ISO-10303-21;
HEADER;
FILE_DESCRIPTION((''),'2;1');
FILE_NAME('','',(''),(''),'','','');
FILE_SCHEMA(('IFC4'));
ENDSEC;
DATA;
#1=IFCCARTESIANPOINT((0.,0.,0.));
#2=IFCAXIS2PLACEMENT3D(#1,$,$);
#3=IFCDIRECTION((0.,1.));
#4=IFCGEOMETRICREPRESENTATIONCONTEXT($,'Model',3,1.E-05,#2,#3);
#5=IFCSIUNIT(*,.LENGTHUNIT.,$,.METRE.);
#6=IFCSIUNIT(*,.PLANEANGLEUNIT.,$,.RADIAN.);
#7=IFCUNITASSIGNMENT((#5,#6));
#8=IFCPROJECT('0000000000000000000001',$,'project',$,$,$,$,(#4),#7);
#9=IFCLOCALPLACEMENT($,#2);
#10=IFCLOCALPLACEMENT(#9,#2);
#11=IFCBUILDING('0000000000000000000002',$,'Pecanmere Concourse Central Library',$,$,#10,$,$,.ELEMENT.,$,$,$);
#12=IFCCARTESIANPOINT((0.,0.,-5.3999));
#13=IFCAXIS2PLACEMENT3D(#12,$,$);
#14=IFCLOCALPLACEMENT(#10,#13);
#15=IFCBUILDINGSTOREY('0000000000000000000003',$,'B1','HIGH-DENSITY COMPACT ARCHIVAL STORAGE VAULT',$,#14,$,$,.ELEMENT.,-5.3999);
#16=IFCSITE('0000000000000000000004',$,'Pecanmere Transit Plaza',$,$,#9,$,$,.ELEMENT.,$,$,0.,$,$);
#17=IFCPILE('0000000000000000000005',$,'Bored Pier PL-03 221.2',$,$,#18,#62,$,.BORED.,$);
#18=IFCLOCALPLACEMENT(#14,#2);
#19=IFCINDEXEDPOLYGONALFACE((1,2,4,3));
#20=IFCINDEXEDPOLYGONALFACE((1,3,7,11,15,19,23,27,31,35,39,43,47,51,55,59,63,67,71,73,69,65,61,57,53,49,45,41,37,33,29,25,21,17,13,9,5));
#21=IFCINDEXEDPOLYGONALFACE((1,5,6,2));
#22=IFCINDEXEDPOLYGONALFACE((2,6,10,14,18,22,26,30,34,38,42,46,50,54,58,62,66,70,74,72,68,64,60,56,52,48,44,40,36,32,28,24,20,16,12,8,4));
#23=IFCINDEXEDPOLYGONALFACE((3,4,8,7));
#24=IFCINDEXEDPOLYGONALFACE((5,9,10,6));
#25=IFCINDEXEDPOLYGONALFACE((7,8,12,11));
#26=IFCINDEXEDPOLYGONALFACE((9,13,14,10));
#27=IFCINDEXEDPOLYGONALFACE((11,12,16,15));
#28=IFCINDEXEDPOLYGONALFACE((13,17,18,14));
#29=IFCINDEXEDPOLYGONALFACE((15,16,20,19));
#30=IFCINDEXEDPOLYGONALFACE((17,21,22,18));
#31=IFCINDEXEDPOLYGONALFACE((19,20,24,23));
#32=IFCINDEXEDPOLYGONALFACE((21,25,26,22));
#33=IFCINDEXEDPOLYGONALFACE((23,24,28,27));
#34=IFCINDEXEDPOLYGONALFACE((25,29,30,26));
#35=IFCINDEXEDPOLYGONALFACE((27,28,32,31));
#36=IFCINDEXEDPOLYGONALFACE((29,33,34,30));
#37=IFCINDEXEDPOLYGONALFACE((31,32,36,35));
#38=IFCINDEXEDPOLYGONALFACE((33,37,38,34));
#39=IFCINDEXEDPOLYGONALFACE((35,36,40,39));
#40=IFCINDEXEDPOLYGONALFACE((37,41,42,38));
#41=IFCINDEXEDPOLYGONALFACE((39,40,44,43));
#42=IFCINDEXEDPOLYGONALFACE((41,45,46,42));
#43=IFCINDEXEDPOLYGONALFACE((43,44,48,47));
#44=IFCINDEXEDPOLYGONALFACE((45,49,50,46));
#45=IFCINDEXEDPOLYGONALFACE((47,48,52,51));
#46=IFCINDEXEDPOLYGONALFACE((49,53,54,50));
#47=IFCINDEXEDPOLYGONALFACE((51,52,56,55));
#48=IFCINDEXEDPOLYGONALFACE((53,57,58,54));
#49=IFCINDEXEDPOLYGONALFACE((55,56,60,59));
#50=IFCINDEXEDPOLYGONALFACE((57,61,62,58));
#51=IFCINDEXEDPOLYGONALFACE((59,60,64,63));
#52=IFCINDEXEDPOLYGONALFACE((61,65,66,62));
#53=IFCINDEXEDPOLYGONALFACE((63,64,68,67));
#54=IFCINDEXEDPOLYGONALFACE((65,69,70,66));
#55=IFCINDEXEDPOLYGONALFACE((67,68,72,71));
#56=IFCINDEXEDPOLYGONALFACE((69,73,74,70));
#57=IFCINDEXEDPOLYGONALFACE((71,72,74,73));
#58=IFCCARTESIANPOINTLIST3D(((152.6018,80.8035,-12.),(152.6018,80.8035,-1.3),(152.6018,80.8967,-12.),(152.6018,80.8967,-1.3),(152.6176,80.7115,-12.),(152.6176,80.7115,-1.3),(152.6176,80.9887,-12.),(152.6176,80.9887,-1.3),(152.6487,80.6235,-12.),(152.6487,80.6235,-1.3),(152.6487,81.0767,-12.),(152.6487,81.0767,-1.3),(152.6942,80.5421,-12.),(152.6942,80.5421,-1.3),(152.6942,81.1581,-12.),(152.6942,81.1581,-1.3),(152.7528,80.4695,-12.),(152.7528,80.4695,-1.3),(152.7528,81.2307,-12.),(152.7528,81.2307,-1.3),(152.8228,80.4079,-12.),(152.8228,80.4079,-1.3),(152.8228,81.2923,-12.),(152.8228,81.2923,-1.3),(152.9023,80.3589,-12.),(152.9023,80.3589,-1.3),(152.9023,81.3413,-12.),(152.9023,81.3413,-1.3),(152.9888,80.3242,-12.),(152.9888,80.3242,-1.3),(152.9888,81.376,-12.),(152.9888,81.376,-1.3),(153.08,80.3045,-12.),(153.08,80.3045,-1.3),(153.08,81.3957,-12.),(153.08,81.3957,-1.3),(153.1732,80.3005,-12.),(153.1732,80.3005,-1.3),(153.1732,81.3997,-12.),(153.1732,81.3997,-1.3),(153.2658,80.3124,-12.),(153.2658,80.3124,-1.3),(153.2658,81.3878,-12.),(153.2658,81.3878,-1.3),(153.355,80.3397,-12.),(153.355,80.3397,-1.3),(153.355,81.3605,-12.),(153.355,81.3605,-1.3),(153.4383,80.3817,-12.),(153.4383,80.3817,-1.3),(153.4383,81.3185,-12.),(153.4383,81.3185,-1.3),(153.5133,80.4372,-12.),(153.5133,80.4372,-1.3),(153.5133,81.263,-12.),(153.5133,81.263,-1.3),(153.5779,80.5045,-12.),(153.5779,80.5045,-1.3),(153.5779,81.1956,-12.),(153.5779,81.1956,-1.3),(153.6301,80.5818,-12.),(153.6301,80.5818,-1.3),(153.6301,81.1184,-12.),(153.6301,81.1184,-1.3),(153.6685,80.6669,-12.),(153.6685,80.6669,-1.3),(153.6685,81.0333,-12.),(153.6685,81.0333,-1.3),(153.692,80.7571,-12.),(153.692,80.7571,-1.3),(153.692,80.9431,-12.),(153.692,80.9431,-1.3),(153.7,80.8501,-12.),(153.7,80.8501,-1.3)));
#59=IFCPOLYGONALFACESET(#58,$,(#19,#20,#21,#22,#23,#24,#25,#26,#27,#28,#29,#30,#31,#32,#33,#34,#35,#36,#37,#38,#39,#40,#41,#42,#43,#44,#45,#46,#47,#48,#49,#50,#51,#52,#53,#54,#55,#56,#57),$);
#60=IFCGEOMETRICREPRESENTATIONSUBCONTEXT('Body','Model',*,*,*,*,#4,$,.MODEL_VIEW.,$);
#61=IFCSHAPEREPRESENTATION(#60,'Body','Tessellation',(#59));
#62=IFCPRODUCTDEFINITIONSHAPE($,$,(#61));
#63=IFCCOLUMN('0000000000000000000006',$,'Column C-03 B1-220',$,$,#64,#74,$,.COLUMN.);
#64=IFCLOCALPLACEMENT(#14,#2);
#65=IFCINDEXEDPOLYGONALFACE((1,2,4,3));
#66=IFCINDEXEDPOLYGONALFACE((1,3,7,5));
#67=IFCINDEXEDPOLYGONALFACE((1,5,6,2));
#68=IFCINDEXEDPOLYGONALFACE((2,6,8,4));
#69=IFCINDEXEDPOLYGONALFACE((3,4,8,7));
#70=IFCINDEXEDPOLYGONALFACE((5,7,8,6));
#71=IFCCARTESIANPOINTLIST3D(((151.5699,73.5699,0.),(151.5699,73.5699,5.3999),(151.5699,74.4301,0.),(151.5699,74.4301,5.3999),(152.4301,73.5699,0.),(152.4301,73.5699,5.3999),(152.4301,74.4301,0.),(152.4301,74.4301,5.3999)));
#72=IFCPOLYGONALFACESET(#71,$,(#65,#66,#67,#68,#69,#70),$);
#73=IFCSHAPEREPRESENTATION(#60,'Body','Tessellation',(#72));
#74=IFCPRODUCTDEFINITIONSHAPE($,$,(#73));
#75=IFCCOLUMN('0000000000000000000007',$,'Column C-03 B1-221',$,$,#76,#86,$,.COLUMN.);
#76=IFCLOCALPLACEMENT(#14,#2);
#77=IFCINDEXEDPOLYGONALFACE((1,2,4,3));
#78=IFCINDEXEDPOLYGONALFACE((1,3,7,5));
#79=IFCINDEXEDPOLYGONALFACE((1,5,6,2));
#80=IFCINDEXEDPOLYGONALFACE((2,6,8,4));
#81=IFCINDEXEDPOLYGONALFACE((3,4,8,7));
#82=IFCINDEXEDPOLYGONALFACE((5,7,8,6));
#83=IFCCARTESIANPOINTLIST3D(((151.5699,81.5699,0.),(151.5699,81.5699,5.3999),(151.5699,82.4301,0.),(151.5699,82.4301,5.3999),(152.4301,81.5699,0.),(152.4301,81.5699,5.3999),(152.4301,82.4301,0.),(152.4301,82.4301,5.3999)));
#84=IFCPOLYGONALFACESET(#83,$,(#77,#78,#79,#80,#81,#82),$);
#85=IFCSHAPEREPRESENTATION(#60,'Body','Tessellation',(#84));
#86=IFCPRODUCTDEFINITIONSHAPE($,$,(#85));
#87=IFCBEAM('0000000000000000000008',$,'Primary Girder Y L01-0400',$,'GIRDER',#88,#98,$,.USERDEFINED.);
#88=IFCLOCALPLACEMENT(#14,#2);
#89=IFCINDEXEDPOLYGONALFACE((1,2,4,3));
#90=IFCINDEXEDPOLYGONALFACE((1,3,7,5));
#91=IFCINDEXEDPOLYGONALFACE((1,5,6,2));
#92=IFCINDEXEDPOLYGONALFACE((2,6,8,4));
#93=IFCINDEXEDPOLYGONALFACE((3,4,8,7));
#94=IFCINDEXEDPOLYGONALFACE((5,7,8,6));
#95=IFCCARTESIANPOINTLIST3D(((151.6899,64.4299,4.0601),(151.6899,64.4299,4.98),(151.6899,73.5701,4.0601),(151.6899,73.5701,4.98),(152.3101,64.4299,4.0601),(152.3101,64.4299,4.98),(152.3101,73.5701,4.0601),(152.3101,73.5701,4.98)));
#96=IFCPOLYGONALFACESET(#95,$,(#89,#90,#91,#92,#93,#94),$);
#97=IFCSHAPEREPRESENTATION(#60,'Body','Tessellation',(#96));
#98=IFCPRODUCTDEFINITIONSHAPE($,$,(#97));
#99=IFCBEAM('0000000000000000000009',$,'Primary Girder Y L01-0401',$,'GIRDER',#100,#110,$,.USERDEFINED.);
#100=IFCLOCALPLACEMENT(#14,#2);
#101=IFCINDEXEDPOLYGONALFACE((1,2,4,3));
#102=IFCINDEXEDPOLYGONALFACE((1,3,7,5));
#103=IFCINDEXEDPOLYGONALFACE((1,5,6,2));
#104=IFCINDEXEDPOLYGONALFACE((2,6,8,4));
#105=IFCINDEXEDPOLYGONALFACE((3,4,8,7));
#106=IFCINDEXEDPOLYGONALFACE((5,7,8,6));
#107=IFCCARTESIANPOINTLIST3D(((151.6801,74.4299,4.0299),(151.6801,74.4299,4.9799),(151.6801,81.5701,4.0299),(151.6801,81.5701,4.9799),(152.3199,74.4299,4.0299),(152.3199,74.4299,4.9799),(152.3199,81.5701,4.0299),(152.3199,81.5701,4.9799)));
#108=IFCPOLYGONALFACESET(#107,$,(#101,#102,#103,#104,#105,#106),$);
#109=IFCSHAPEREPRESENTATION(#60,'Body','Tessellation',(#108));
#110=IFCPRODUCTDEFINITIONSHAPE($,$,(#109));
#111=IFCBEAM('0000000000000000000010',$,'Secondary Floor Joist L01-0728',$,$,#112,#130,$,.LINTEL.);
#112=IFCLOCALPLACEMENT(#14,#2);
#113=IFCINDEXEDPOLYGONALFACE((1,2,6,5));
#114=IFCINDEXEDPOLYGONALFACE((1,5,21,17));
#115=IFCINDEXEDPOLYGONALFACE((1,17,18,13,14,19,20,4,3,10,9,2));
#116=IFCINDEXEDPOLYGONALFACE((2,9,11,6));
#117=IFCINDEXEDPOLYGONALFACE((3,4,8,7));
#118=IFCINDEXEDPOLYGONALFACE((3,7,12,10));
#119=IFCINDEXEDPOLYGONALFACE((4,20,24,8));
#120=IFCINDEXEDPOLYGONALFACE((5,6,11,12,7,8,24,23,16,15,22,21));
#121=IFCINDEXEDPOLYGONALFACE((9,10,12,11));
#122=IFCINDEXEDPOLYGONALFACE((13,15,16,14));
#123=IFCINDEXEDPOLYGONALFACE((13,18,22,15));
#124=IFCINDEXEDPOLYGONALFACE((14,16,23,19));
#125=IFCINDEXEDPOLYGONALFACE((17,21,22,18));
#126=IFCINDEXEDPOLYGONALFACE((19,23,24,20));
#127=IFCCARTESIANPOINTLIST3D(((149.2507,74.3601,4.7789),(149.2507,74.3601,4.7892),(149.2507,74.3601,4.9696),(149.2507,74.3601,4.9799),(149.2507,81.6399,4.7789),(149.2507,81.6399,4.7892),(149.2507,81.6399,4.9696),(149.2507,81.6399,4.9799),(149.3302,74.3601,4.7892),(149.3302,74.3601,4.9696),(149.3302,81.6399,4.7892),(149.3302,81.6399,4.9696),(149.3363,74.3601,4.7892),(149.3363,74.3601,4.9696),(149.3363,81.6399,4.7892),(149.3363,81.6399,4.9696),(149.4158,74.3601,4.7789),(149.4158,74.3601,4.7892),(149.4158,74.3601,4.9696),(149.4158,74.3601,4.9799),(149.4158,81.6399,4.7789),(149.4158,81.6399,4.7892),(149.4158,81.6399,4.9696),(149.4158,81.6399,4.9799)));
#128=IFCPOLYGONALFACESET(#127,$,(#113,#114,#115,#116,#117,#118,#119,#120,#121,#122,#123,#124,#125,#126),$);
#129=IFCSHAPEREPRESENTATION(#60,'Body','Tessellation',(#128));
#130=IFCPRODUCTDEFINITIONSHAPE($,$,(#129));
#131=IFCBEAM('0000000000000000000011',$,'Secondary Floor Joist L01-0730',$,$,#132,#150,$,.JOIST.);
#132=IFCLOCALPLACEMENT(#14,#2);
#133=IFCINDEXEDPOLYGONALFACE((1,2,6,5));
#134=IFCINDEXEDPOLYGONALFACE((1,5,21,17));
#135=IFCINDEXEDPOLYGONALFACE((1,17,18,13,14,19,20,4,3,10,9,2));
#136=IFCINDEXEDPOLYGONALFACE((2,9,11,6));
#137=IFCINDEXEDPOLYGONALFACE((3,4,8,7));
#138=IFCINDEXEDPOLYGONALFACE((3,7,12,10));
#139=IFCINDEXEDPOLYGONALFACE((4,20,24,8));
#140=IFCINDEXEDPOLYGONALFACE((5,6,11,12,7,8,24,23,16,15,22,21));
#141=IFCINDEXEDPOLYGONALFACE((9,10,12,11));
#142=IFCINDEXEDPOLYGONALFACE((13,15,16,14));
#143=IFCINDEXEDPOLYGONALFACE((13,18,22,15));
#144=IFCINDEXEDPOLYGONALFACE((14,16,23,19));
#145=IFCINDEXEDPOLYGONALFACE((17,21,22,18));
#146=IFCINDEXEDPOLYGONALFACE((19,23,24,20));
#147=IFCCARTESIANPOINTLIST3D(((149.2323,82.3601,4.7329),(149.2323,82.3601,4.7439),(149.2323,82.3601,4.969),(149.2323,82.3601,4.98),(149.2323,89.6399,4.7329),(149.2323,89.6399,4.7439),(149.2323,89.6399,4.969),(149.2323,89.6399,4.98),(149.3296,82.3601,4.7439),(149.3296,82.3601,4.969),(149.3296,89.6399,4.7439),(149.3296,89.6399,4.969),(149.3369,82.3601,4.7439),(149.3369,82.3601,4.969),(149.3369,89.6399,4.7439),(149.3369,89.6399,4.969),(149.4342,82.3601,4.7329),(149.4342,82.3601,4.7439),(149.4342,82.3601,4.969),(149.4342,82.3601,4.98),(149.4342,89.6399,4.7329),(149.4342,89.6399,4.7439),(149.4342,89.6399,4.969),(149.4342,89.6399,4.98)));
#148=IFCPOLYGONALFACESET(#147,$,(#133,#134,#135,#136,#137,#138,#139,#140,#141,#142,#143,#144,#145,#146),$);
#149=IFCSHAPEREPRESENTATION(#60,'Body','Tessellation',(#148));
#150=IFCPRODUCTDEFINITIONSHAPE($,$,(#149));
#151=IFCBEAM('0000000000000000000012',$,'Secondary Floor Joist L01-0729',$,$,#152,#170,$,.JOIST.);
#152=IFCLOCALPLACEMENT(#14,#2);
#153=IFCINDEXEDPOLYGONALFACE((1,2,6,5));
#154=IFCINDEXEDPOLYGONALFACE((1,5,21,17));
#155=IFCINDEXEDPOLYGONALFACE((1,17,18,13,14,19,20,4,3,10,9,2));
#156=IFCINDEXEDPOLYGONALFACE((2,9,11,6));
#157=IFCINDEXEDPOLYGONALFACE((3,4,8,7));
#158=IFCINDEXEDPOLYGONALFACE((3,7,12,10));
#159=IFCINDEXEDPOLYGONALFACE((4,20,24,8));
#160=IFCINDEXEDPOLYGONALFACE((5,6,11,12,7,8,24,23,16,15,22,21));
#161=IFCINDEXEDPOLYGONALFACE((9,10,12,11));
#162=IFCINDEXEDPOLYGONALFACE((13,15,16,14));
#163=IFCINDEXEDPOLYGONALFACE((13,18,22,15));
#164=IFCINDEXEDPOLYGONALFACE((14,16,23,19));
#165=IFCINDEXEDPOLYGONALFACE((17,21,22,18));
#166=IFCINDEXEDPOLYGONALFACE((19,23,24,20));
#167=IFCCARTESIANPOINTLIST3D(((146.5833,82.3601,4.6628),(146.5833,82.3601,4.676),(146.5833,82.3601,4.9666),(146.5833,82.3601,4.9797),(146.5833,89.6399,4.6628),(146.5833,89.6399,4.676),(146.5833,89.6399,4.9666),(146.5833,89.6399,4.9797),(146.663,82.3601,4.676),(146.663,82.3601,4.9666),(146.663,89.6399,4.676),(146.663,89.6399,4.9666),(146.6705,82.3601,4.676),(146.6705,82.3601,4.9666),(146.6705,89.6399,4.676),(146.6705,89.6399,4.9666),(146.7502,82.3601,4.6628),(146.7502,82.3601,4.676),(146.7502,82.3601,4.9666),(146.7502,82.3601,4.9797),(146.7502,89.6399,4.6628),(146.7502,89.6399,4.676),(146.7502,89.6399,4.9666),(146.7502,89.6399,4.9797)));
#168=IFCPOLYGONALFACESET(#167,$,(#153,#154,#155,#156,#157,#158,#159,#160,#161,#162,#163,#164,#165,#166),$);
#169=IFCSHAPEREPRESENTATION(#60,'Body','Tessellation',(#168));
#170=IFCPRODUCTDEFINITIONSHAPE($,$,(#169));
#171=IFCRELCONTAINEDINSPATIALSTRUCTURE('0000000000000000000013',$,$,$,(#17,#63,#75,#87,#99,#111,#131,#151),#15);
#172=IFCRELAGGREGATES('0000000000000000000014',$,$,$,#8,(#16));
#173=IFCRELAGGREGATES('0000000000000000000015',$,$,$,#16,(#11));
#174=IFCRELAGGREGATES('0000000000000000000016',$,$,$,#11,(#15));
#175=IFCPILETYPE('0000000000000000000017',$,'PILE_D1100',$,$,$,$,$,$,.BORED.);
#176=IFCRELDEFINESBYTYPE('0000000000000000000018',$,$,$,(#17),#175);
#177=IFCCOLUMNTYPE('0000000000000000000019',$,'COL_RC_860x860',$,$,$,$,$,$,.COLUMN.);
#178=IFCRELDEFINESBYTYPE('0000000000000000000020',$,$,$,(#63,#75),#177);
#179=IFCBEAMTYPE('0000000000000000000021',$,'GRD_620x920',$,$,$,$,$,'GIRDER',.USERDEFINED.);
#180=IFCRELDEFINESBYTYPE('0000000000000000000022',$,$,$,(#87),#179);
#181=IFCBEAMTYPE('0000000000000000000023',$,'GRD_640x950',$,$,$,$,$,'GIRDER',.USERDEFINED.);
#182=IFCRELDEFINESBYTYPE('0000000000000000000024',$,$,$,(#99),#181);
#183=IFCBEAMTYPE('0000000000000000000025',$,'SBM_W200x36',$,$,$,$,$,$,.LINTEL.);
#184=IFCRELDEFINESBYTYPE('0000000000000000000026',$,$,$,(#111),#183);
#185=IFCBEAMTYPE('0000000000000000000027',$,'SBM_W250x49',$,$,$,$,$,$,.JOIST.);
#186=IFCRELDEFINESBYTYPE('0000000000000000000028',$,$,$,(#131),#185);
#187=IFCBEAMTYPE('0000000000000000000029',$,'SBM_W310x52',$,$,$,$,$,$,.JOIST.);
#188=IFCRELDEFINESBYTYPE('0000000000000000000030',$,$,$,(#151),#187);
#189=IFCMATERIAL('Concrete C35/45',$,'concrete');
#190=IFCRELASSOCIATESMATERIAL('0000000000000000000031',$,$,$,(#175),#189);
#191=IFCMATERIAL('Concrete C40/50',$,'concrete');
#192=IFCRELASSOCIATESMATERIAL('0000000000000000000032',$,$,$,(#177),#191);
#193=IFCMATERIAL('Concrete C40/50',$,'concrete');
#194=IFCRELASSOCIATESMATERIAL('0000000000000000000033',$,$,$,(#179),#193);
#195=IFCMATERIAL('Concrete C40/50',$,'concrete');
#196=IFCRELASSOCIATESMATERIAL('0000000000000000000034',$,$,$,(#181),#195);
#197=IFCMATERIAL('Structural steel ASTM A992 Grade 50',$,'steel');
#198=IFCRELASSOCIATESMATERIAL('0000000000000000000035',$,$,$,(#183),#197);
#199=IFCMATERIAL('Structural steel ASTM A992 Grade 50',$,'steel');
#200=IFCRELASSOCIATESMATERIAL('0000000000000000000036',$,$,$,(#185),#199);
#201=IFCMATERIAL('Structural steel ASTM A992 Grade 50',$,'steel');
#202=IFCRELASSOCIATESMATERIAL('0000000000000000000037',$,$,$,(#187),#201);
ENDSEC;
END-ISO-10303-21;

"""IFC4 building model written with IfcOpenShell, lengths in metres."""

from ifc_helpers import new_model, si_unit, direction, frame, origin, origin_2d, place, context, subcontext, project, spatial, rectangle, circle, i_section, extrude, material, material_profile, profile_set, type_object, element, save


model = new_model("IFC4")

# Units and contexts
model_context = context("Model", 3, precision=1e-05, world=origin(), true_north=direction((0.0, 1.0)))
body_context = subcontext(model_context, "Body", "Model", "MODEL_VIEW")
ifc_project = project(units=[si_unit("LENGTHUNIT", "METRE"), si_unit("PLANEANGLEUNIT", "RADIAN")], contexts=[model_context])

# Site, building, storey
site_placement = place(None, origin())
site = spatial("IfcSite", under=ifc_project, at=site_placement, Name="Pecanmere Transit Plaza", CompositionType="ELEMENT", RefElevation=0.0)
building_placement = place(site_placement, origin())
building = spatial("IfcBuilding", under=site, at=building_placement, Name="Pecanmere Concourse Central Library", CompositionType="ELEMENT")
storey_placement = place(building_placement, frame((0.0, 0.0, -5.3999)))
storey = spatial("IfcBuildingStorey", under=building, at=storey_placement, Name="B1", Description="HIGH-DENSITY COMPACT ARCHIVAL STORAGE VAULT", CompositionType="ELEMENT", Elevation=-5.3999)

# Pile
ifc_material_1 = material(Name="Concrete C35/45", Category="concrete")
ifc_material_profile_1 = material_profile(ifc_material_1, circle(Radius=0.55, at=origin_2d()), Name="PIER D1100")
ifc_profile_set_1 = profile_set([ifc_material_profile_1], Name="Concrete C35/45")
pile_type = type_object("IfcPileType", Name="PILE_D1100", PredefinedType="BORED", material=ifc_profile_set_1)
for number, where, z_axis, x_axis, name in (
    (1, (153.1499, 80.8501, -1.3), (0.0, 0.0, -1.0), (1.0, 0.0, 0.0), "Bored Pier PL-03 221.2"),
):
    element("IfcPile", number, at=place(storey_placement, frame(where, z_axis=z_axis, x_axis=x_axis)), inside=storey, type_object=pile_type, Name=name, PredefinedType="BORED", context=body_context, shape_type="SweptSolid", body=[
        extrude(circle(Radius=0.55, at=origin_2d()), origin(), (0.0, 0.0, 1.0), 10.7),
    ])

# Columns
ifc_material_2 = material(Name="Concrete C40/50", Category="concrete")
ifc_material_profile_2 = material_profile(ifc_material_2, rectangle(XDim=0.8601, YDim=0.8601, at=origin_2d()), Name="RC 860x860")
ifc_profile_set_2 = profile_set([ifc_material_profile_2], Name="Concrete C40/50")
column_type = type_object("IfcColumnType", Name="COL_RC_860x860", PredefinedType="COLUMN", material=ifc_profile_set_2)
for number, where, z_axis, x_axis, name in (
    (2, (152.0, 74.0, 0.0), (0.0, 0.0, 1.0), (1.0, 0.0, 0.0), "Column C-03 B1-220"),
    (3, (152.0, 82.0, 0.0), (0.0, 0.0, 1.0), (1.0, 0.0, 0.0), "Column C-03 B1-221"),
):
    element("IfcColumn", number, at=place(storey_placement, frame(where, z_axis=z_axis, x_axis=x_axis)), inside=storey, type_object=column_type, Name=name, PredefinedType="COLUMN", context=body_context, shape_type="SweptSolid", body=[
        extrude(rectangle(XDim=0.8601, YDim=0.8601, at=origin_2d()), origin(), (0.0, 0.0, 1.0), 5.3999),
    ])

# Beams
ifc_material_3 = material(Name="Concrete C40/50", Category="concrete")
ifc_material_profile_3 = material_profile(ifc_material_3, rectangle(XDim=0.6201, YDim=0.9199, at=origin_2d()), Name="RC 620x920")
ifc_profile_set_3 = profile_set([ifc_material_profile_3], Name="Concrete C40/50")
beam_type_1 = type_object("IfcBeamType", Name="GRD_620x920", ElementType="GIRDER", PredefinedType="USERDEFINED", material=ifc_profile_set_3)
beam_1_placement = place(storey_placement, frame((152.0, 64.4299, 4.52), z_axis=(0.0, 1.0, 0.0), x_axis=(-1.0, 0.0, 0.0)))
element("IfcBeam", 4, at=beam_1_placement, inside=storey, type_object=beam_type_1, Name="Primary Girder Y L01-0400", ObjectType="GIRDER", PredefinedType="USERDEFINED", context=body_context, shape_type="SweptSolid", body=[
    extrude(rectangle(XDim=0.6201, YDim=0.9199, at=origin_2d()), origin(), (0.0, 0.0, 1.0), 9.1401),
])
ifc_material_4 = material(Name="Concrete C40/50", Category="concrete")
ifc_material_profile_4 = material_profile(ifc_material_4, rectangle(XDim=0.6399, YDim=0.95, at=origin_2d()), Name="RC 640x950")
ifc_profile_set_4 = profile_set([ifc_material_profile_4], Name="Concrete C40/50")
beam_type_2 = type_object("IfcBeamType", Name="GRD_640x950", ElementType="GIRDER", PredefinedType="USERDEFINED", material=ifc_profile_set_4)
beam_2_placement = place(storey_placement, frame((152.0, 74.4299, 4.5049), z_axis=(0.0, 1.0, 0.0), x_axis=(-1.0, 0.0, 0.0)))
element("IfcBeam", 5, at=beam_2_placement, inside=storey, type_object=beam_type_2, Name="Primary Girder Y L01-0401", ObjectType="GIRDER", PredefinedType="USERDEFINED", context=body_context, shape_type="SweptSolid", body=[
    extrude(rectangle(XDim=0.6399, YDim=0.95, at=origin_2d()), origin(), (0.0, 0.0, 1.0), 7.1401),
])
ifc_material_5 = material(Name="Structural steel ASTM A992 Grade 50", Category="steel")
ifc_material_profile_5 = material_profile(ifc_material_5, i_section(OverallWidth=0.165, OverallDepth=0.2009, WebThickness=0.0061, FlangeThickness=0.0103, at=origin_2d()), Name="W200x35.9")
ifc_profile_set_5 = profile_set([ifc_material_profile_5], Name="Structural steel ASTM A992 Grade 50")
beam_type_3 = type_object("IfcBeamType", Name="SBM_W200x36", PredefinedType="LINTEL", material=ifc_profile_set_5)
beam_3_placement = place(storey_placement, frame((149.3333, 74.3601, 4.8794), z_axis=(0.0, 1.0, 0.0), x_axis=(-1.0, 0.0, 0.0)))
element("IfcBeam", 6, at=beam_3_placement, inside=storey, type_object=beam_type_3, Name="Secondary Floor Joist L01-0728", PredefinedType="LINTEL", context=body_context, shape_type="SweptSolid", body=[
    extrude(i_section(OverallWidth=0.165, OverallDepth=0.2009, WebThickness=0.0061, FlangeThickness=0.0103, at=origin_2d()), origin(), (0.0, 0.0, 1.0), 7.2798),
])
ifc_material_6 = material(Name="Structural steel ASTM A992 Grade 50", Category="steel")
ifc_material_profile_6 = material_profile(ifc_material_6, i_section(OverallWidth=0.2019, OverallDepth=0.2471, WebThickness=0.0073, FlangeThickness=0.011, at=origin_2d()), Name="W250x49.1")
ifc_profile_set_6 = profile_set([ifc_material_profile_6], Name="Structural steel ASTM A992 Grade 50")
beam_type_4 = type_object("IfcBeamType", Name="SBM_W250x49", PredefinedType="JOIST", material=ifc_profile_set_6)
beam_4_placement = place(storey_placement, frame((149.3333, 82.3601, 4.8564), z_axis=(0.0, 1.0, 0.0), x_axis=(-1.0, 0.0, 0.0)))
element("IfcBeam", 7, at=beam_4_placement, inside=storey, type_object=beam_type_4, Name="Secondary Floor Joist L01-0730", PredefinedType="JOIST", context=body_context, shape_type="SweptSolid", body=[
    extrude(i_section(OverallWidth=0.2019, OverallDepth=0.2471, WebThickness=0.0073, FlangeThickness=0.011, at=origin_2d()), origin(), (0.0, 0.0, 1.0), 7.2798),
])
ifc_material_7 = material(Name="Structural steel ASTM A992 Grade 50", Category="steel")
ifc_material_profile_7 = material_profile(ifc_material_7, i_section(OverallWidth=0.167, OverallDepth=0.3169, WebThickness=0.0076, FlangeThickness=0.0132, at=origin_2d()), Name="W310x52")
ifc_profile_set_7 = profile_set([ifc_material_profile_7], Name="Structural steel ASTM A992 Grade 50")
beam_type_5 = type_object("IfcBeamType", Name="SBM_W310x52", PredefinedType="JOIST", material=ifc_profile_set_7)
beam_5_placement = place(storey_placement, frame((146.6667, 82.3601, 4.8213), z_axis=(0.0, 1.0, 0.0), x_axis=(-1.0, 0.0, 0.0)))
element("IfcBeam", 8, at=beam_5_placement, inside=storey, type_object=beam_type_5, Name="Secondary Floor Joist L01-0729", PredefinedType="JOIST", context=body_context, shape_type="SweptSolid", body=[
    extrude(i_section(OverallWidth=0.167, OverallDepth=0.3169, WebThickness=0.0076, FlangeThickness=0.0132, at=origin_2d()), origin(), (0.0, 0.0, 1.0), 7.2798),
])

save(model, "model.ifc")
